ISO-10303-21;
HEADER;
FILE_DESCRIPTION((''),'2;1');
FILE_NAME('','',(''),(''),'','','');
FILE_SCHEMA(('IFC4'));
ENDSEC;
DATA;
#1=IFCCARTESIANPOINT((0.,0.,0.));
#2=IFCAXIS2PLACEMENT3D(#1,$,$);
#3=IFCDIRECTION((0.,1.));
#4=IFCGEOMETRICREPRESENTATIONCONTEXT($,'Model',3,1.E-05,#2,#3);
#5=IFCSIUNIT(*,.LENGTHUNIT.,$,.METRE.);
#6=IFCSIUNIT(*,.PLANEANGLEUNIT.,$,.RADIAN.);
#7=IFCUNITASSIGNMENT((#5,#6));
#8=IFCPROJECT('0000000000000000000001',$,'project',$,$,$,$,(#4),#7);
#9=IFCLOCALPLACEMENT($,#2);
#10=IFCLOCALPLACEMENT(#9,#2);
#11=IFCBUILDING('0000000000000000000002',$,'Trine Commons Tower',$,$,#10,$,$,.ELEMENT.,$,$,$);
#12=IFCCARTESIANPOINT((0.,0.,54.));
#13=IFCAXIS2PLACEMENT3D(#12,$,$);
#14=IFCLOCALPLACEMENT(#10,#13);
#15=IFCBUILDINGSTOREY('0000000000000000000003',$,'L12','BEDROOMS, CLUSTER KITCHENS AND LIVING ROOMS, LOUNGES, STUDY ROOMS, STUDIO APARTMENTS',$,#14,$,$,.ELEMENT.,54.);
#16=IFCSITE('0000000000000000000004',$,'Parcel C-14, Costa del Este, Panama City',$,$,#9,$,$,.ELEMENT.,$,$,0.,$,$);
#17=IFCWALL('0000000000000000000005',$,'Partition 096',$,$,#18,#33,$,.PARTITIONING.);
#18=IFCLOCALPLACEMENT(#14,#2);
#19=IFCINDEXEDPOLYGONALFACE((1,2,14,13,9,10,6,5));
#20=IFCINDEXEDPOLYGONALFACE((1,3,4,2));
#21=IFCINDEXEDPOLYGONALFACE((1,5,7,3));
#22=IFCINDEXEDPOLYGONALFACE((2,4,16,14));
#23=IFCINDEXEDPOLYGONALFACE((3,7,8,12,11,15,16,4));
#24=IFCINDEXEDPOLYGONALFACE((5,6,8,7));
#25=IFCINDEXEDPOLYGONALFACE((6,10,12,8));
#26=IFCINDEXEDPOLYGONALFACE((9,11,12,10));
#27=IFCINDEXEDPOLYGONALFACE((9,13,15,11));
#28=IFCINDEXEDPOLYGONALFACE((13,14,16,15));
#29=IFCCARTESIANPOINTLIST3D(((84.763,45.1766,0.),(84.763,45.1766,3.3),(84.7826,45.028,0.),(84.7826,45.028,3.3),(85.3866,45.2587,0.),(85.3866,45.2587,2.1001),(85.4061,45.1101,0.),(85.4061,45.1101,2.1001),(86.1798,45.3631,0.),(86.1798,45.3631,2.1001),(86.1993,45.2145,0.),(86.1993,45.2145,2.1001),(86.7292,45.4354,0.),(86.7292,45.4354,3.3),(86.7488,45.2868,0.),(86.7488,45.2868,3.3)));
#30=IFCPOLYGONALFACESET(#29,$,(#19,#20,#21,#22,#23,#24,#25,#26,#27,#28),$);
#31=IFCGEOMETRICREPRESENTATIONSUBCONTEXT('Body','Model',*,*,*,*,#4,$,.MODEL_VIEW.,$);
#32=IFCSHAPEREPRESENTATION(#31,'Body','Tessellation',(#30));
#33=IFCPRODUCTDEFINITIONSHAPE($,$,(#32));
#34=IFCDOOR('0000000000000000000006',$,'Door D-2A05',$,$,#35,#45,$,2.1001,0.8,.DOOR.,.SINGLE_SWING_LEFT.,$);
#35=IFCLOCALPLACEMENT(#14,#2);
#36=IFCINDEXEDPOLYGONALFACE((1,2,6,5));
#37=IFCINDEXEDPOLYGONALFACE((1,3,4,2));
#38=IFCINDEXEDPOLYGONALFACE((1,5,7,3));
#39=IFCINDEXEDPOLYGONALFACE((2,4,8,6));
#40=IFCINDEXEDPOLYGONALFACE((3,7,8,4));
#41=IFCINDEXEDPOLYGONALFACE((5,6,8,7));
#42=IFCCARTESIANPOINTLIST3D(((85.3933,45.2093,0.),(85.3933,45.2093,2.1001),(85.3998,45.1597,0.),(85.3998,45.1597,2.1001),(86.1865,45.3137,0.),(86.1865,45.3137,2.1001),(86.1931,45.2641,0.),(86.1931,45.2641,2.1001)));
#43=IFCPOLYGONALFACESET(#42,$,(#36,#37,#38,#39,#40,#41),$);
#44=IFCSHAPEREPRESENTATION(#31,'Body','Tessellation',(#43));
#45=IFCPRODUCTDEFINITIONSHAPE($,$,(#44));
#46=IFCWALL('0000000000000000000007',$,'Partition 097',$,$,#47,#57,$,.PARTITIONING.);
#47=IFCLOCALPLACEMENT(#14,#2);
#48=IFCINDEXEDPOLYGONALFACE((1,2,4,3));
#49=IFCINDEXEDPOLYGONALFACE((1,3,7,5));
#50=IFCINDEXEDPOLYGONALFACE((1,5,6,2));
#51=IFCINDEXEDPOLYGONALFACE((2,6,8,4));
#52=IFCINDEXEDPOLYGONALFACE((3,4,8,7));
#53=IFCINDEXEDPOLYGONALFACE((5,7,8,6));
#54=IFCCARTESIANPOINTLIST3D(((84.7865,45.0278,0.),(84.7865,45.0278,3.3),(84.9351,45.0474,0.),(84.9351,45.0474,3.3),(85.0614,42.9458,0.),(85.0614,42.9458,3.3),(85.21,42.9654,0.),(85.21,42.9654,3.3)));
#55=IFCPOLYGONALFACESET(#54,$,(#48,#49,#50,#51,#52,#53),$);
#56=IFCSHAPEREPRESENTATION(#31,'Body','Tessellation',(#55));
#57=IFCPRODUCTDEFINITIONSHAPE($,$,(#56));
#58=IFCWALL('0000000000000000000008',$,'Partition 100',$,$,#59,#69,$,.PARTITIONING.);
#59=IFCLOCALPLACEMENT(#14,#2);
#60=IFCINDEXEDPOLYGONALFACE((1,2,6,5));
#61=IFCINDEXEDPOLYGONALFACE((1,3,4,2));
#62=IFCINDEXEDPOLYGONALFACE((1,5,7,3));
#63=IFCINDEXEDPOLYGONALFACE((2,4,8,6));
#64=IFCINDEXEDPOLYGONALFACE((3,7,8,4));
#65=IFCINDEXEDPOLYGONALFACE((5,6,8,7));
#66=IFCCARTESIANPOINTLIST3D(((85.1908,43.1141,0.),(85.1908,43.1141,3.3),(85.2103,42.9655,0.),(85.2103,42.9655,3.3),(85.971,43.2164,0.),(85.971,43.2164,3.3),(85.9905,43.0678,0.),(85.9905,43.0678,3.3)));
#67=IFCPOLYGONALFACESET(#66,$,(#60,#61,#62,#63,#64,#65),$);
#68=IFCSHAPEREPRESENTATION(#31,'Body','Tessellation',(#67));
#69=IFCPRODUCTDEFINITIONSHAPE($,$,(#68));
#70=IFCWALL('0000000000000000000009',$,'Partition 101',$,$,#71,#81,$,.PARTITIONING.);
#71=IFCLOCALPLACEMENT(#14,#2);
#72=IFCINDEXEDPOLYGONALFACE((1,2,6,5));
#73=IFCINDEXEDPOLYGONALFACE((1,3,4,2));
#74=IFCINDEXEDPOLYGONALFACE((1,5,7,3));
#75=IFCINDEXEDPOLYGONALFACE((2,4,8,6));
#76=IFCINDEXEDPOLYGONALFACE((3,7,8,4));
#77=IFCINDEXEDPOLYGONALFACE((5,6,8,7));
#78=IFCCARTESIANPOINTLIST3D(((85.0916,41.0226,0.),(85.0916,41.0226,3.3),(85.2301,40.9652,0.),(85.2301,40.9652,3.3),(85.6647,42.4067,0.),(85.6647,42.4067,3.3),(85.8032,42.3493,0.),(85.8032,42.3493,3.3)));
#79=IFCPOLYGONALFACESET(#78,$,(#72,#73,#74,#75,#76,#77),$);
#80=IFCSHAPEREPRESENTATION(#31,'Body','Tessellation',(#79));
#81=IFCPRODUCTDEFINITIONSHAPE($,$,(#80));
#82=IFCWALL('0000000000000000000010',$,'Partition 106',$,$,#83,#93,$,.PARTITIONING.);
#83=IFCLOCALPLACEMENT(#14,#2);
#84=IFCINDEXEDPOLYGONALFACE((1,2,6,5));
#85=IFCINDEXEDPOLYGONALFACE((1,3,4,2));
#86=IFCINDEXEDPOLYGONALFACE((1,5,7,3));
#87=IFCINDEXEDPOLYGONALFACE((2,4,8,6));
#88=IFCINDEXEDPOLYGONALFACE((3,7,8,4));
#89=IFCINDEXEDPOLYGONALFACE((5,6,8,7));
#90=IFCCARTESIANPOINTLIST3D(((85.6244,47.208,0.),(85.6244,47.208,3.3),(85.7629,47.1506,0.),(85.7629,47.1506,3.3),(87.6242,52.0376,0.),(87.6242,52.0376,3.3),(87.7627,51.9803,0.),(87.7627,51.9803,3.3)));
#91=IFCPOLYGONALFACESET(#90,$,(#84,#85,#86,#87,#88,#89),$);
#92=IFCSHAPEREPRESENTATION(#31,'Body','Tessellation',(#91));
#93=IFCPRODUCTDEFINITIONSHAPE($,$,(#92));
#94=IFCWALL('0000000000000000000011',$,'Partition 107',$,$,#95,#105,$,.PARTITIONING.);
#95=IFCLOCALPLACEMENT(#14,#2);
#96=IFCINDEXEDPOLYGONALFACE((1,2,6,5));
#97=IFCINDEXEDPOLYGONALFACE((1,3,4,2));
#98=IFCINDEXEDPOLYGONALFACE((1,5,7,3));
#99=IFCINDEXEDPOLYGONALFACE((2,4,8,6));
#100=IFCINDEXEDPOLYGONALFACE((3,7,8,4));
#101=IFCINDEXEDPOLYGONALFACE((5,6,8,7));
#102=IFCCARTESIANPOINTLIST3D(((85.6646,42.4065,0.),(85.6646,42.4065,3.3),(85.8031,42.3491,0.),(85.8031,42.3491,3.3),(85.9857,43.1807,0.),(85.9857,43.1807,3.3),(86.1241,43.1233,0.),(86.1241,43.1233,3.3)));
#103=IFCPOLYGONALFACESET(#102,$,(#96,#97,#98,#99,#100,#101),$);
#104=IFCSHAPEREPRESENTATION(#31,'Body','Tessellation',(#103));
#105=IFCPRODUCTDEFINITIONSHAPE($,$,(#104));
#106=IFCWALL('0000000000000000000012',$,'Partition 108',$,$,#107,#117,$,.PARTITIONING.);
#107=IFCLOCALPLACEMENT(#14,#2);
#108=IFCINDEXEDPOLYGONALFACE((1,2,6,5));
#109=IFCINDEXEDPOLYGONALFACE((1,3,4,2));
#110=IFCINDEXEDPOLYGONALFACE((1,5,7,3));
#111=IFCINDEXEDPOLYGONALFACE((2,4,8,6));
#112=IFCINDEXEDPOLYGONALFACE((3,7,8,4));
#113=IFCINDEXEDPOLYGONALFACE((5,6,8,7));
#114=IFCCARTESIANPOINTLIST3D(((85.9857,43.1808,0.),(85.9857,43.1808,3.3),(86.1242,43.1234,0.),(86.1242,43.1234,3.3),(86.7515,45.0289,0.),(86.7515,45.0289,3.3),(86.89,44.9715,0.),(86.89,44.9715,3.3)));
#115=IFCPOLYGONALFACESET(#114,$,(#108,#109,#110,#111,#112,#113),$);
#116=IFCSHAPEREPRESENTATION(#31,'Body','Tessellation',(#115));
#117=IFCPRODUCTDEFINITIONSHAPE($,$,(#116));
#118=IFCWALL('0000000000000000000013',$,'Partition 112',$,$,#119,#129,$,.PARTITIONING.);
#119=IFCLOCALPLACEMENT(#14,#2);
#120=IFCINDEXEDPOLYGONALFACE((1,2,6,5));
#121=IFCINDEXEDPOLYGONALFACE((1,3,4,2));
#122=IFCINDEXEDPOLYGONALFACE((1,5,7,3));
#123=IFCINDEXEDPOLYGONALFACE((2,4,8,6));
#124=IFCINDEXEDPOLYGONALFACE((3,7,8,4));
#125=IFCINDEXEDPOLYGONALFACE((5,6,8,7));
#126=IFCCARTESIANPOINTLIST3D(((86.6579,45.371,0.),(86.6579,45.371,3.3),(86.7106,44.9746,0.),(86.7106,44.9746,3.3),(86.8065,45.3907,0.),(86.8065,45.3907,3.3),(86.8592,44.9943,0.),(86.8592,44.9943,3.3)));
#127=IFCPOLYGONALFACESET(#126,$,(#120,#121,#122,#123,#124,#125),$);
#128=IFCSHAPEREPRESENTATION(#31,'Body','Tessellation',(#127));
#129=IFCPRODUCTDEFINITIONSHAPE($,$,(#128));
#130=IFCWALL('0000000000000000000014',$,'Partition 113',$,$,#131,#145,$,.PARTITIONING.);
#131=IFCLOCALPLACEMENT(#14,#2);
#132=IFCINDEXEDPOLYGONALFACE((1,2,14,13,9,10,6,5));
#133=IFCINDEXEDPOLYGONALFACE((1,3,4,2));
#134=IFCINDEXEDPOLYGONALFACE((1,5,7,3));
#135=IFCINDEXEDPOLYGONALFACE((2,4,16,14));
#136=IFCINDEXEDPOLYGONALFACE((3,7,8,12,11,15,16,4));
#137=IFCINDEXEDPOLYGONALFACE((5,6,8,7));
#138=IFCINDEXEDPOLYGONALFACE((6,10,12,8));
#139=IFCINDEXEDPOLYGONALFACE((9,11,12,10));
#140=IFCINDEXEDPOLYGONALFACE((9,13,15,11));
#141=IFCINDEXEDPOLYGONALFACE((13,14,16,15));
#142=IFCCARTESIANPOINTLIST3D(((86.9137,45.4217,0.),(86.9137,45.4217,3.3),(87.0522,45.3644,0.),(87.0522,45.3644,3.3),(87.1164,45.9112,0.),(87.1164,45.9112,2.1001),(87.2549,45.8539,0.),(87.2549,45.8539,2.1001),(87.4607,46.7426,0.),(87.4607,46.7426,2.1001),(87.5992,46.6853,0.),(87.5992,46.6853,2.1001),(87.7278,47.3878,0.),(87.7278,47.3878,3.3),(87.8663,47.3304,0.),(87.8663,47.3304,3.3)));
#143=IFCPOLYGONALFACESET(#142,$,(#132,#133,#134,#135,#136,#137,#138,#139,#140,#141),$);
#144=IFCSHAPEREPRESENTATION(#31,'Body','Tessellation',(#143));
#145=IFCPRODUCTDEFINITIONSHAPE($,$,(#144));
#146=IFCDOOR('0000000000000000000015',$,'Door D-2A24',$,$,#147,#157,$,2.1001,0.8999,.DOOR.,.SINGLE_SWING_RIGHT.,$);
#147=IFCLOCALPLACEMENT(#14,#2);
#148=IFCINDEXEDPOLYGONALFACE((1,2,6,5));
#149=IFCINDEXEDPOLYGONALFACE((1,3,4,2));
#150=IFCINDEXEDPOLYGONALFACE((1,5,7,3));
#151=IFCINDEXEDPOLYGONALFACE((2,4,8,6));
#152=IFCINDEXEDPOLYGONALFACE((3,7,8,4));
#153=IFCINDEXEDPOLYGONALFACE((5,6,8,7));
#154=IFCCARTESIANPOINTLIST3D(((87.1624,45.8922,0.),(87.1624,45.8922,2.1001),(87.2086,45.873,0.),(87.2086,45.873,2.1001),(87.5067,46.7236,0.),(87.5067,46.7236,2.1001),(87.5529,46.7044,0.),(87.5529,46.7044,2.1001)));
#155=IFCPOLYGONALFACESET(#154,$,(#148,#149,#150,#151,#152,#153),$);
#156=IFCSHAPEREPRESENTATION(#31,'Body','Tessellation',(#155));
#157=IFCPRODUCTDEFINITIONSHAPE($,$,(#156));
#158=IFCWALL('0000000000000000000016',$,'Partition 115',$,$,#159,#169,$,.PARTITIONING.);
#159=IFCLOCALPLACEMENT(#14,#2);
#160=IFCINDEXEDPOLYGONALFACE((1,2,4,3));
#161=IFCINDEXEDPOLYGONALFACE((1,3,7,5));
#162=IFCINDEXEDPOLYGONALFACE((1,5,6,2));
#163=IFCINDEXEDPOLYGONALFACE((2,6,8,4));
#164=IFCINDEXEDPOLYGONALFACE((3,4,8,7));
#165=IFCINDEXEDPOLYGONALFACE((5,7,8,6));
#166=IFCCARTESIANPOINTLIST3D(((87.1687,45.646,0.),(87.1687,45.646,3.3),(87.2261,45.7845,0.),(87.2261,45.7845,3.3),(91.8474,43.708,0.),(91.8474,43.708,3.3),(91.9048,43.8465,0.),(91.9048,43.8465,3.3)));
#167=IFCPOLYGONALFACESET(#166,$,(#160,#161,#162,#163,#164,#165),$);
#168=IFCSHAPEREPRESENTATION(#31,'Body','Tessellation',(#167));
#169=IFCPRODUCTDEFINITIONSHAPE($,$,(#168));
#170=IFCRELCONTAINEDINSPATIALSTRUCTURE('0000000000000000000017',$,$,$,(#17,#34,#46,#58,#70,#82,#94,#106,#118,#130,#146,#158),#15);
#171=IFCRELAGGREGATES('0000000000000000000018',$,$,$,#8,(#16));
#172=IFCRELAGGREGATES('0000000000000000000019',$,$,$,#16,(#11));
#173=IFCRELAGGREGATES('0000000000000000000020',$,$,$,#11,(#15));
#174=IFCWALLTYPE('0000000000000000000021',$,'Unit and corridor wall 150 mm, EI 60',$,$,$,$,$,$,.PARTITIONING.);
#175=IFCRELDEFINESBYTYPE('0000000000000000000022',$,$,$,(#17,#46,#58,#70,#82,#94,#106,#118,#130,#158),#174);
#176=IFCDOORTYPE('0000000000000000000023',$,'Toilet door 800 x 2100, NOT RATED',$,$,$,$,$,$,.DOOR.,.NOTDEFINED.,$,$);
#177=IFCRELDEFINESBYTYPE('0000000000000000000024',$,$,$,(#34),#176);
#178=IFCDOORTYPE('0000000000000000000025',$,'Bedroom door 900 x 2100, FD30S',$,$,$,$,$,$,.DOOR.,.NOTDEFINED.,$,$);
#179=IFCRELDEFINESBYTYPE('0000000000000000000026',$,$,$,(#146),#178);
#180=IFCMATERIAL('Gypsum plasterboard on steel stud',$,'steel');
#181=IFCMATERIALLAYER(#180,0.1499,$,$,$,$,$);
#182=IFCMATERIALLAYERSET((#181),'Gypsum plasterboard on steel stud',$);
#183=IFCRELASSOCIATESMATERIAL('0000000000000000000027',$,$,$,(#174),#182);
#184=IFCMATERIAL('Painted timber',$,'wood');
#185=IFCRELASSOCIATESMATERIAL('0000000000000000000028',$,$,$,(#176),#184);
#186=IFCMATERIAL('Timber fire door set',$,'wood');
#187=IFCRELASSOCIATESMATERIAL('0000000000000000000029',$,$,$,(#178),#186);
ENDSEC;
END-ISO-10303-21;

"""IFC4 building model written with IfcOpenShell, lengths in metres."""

from ifc_helpers import new_model, si_unit, direction, frame, frame_2d, origin, place, context, subcontext, project, spatial, rectangle, extrude, material, layer, layer_set, type_object, element, fill, save


model = new_model("IFC4")

# Units and contexts
model_context = context("Model", 3, precision=1e-05, world=origin(), true_north=direction((0.0, 1.0)))
body_context = subcontext(model_context, "Body", "Model", "MODEL_VIEW")
ifc_project = project(units=[si_unit("LENGTHUNIT", "METRE"), si_unit("PLANEANGLEUNIT", "RADIAN")], contexts=[model_context])

# Site, building, storey
site_placement = place(None, origin())
site = spatial("IfcSite", under=ifc_project, at=site_placement, Name="Parcel C-14, Costa del Este, Panama City", CompositionType="ELEMENT", RefElevation=0.0)
building_placement = place(site_placement, origin())
building = spatial("IfcBuilding", under=site, at=building_placement, Name="Trine Commons Tower", CompositionType="ELEMENT")
storey_placement = place(building_placement, frame((0.0, 0.0, 54.0)))
storey = spatial("IfcBuildingStorey", under=building, at=storey_placement, Name="L12", Description="BEDROOMS, CLUSTER KITCHENS AND LIVING ROOMS, LOUNGES, STUDY ROOMS, STUDIO APARTMENTS", CompositionType="ELEMENT", Elevation=54.0)

# Shared definitions
ifc_material_1 = material(Name="Gypsum plasterboard on steel stud", Category="steel")
ifc_layer_1 = layer(ifc_material_1, 0.1499)
ifc_layer_set_1 = layer_set([ifc_layer_1], Name="Gypsum plasterboard on steel stud")
wall_type_1 = type_object("IfcWallType", Name="Unit and corridor wall 150 mm, EI 60", PredefinedType="PARTITIONING", material=ifc_layer_set_1)
ifc_material_2 = material(Name="Timber fire door set", Category="wood")

# Wall, opening, door
wall_1_placement = place(storey_placement, frame((84.7727, 45.1023, 0.0), z_axis=(0.0, 0.0, 1.0), x_axis=(0.99145, 0.130486, 0.0)))
wall_1 = element("IfcWall", 1, at=wall_1_placement, inside=storey, type_object=wall_type_1, Name="Partition 096", PredefinedType="PARTITIONING", context=body_context, shape_type="SweptSolid", body=[
    extrude(rectangle(XDim=1.9832, YDim=0.1499, at=frame_2d((0.9917, 0.0))), origin(), (0.0, 0.0, 1.0), 3.3),
])
opening_1_placement = place(wall_1_placement, frame((0.6292, 0.0, 0.0)))
opening_1 = element("IfcOpeningElement", 2, at=opening_1_placement, cuts=wall_1, PredefinedType="OPENING", context=body_context, shape_type="SweptSolid", body=[
    extrude(rectangle(XDim=0.8, YDim=2.1001, at=frame_2d((0.3999, 1.05))), frame((0.0, 0.085, 0.0), z_axis=(0.0, -1.0, 0.0), x_axis=(1.0, 0.0, 0.0)), (0.0, 0.0, 1.0), 0.1699),
])
ifc_material_3 = material(Name="Painted timber", Category="wood")
door_type_1 = type_object("IfcDoorType", Name="Toilet door 800 x 2100, NOT RATED", OperationType="NOTDEFINED", PredefinedType="DOOR", material=ifc_material_3)
door_1_placement = place(opening_1_placement, frame((0.8, 0.0, 0.0), z_axis=(0.0, 0.0, 1.0), x_axis=(-1.0, 0.0, 0.0)))
door_1 = element("IfcDoor", 3, at=door_1_placement, inside=storey, type_object=door_type_1, Name="Door D-2A05", OperationType="SINGLE_SWING_LEFT", OverallHeight=2.1001, OverallWidth=0.8, PredefinedType="DOOR", context=body_context, shape_type="SweptSolid", body=[
    extrude(rectangle(XDim=0.8, YDim=2.1001, at=frame_2d((0.3999, 1.05))), frame((0.0, 0.0249, 0.0), z_axis=(0.0, -1.0, 0.0), x_axis=(1.0, 0.0, 0.0)), (0.0, 0.0, 1.0), 0.05),
])
fill(opening_1, door_1)

# Walls
wall_2_placement = place(storey_placement, frame((84.8608, 45.0376, 0.0), z_axis=(0.0, 0.0, 1.0), x_axis=(0.1309, -0.991396, 0.0)))
element("IfcWall", 4, at=wall_2_placement, inside=storey, type_object=wall_type_1, Name="Partition 097", PredefinedType="PARTITIONING", context=body_context, shape_type="SweptSolid", body=[
    extrude(rectangle(XDim=2.1001, YDim=0.1499, at=frame_2d((1.05, 0.0))), origin(), (0.0, 0.0, 1.0), 3.3),
])
wall_3_placement = place(storey_placement, frame((85.2004, 43.0398, 0.0), z_axis=(0.0, 0.0, 1.0), x_axis=(0.991515, 0.129989, 0.0)))
element("IfcWall", 5, at=wall_3_placement, inside=storey, type_object=wall_type_1, Name="Partition 100", PredefinedType="PARTITIONING", context=body_context, shape_type="SweptSolid", body=[
    extrude(rectangle(XDim=0.7869, YDim=0.1499, at=frame_2d((0.3936, 0.0))), origin(), (0.0, 0.0, 1.0), 3.3),
])
wall_4_placement = place(storey_placement, frame((85.1609, 40.9939, 0.0), z_axis=(0.0, 0.0, 1.0), x_axis=(0.38252, 0.923947, 0.0)))
element("IfcWall", 6, at=wall_4_placement, inside=storey, type_object=wall_type_1, Name="Partition 101", PredefinedType="PARTITIONING", context=body_context, shape_type="SweptSolid", body=[
    extrude(rectangle(XDim=1.498, YDim=0.1499, at=frame_2d((0.749, 0.0))), origin(), (0.0, 0.0, 1.0), 3.3),
])
wall_5_placement = place(storey_placement, frame((85.6936, 47.1792, 0.0), z_axis=(0.0, 0.0, 1.0), x_axis=(0.382565, 0.923929, 0.0)))
element("IfcWall", 7, at=wall_5_placement, inside=storey, type_object=wall_type_1, Name="Partition 106", PredefinedType="PARTITIONING", context=body_context, shape_type="SweptSolid", body=[
    extrude(rectangle(XDim=5.2273, YDim=0.1499, at=frame_2d((2.6138, 0.0))), origin(), (0.0, 0.0, 1.0), 3.3),
])
wall_6_placement = place(storey_placement, frame((85.7339, 42.3779, 0.0), z_axis=(0.0, 0.0, 1.0), x_axis=(0.383064, 0.923722, 0.0)))
element("IfcWall", 8, at=wall_6_placement, inside=storey, type_object=wall_type_1, Name="Partition 107", PredefinedType="PARTITIONING", context=body_context, shape_type="SweptSolid", body=[
    extrude(rectangle(XDim=0.8381, YDim=0.1499, at=frame_2d((0.4189, 0.0))), origin(), (0.0, 0.0, 1.0), 3.3),
])
wall_7_placement = place(storey_placement, frame((86.0549, 43.1521, 0.0), z_axis=(0.0, 0.0, 1.0), x_axis=(0.38283, 0.923819, 0.0)))
element("IfcWall", 9, at=wall_7_placement, inside=storey, type_object=wall_type_1, Name="Partition 108", PredefinedType="PARTITIONING", context=body_context, shape_type="SweptSolid", body=[
    extrude(rectangle(XDim=2.0005, YDim=0.1499, at=frame_2d((1.0002, 0.0))), origin(), (0.0, 0.0, 1.0), 3.3),
])
wall_8_placement = place(storey_placement, frame((86.7322, 45.3809, 0.0), z_axis=(0.0, 0.0, 1.0), x_axis=(0.131844, -0.99127, 0.0)))
element("IfcWall", 10, at=wall_8_placement, inside=storey, type_object=wall_type_1, Name="Partition 112", PredefinedType="PARTITIONING", context=body_context, shape_type="SweptSolid", body=[
    extrude(rectangle(XDim=0.3999, YDim=0.1499, at=frame_2d((0.2, 0.0))), origin(), (0.0, 0.0, 1.0), 3.3),
])

# Wall, opening, door
wall_9_placement = place(storey_placement, frame((86.9829, 45.3931, 0.0), z_axis=(0.0, 0.0, 1.0), x_axis=(0.382619, 0.923906, 0.0)))
wall_9 = element("IfcWall", 11, at=wall_9_placement, inside=storey, type_object=wall_type_1, Name="Partition 113", PredefinedType="PARTITIONING", context=body_context, shape_type="SweptSolid", body=[
    extrude(rectangle(XDim=2.1279, YDim=0.1499, at=frame_2d((1.064, 0.0))), origin(), (0.0, 0.0, 1.0), 3.3),
])
opening_2_placement = place(wall_9_placement, frame((0.5298, 0.0, 0.0)))
opening_2 = element("IfcOpeningElement", 12, at=opening_2_placement, cuts=wall_9, PredefinedType="OPENING", context=body_context, shape_type="SweptSolid", body=[
    extrude(rectangle(XDim=0.8999, YDim=2.1001, at=frame_2d((0.45, 1.05))), frame((0.0, 0.085, 0.0), z_axis=(0.0, -1.0, 0.0), x_axis=(1.0, 0.0, 0.0)), (0.0, 0.0, 1.0), 0.1699),
])
door_type_2 = type_object("IfcDoorType", Name="Bedroom door 900 x 2100, FD30S", OperationType="NOTDEFINED", PredefinedType="DOOR", material=ifc_material_2)
door_2_placement = place(opening_2_placement, frame((0.8999, 0.0, 0.0), z_axis=(0.0, 0.0, 1.0), x_axis=(-1.0, 0.0, 0.0)))
door_2 = element("IfcDoor", 13, at=door_2_placement, inside=storey, type_object=door_type_2, Name="Door D-2A24", OperationType="SINGLE_SWING_RIGHT", OverallHeight=2.1001, OverallWidth=0.8999, PredefinedType="DOOR", context=body_context, shape_type="SweptSolid", body=[
    extrude(rectangle(XDim=0.8999, YDim=2.1001, at=frame_2d((0.45, 1.05))), frame((0.0, 0.0249, 0.0), z_axis=(0.0, -1.0, 0.0), x_axis=(1.0, 0.0, 0.0)), (0.0, 0.0, 1.0), 0.05),
])
fill(opening_2, door_2)

# Wall
wall_10_placement = place(storey_placement, frame((87.1973, 45.7153, 0.0), z_axis=(0.0, 0.0, 1.0), x_axis=(0.923879, -0.382684, 0.0)))
element("IfcWall", 14, at=wall_10_placement, inside=storey, type_object=wall_type_1, Name="Partition 115", PredefinedType="PARTITIONING", context=body_context, shape_type="SweptSolid", body=[
    extrude(rectangle(XDim=5.0642, YDim=0.1499, at=frame_2d((2.5322, 0.0))), origin(), (0.0, 0.0, 1.0), 3.3),
])

save(model, "model.ifc")
